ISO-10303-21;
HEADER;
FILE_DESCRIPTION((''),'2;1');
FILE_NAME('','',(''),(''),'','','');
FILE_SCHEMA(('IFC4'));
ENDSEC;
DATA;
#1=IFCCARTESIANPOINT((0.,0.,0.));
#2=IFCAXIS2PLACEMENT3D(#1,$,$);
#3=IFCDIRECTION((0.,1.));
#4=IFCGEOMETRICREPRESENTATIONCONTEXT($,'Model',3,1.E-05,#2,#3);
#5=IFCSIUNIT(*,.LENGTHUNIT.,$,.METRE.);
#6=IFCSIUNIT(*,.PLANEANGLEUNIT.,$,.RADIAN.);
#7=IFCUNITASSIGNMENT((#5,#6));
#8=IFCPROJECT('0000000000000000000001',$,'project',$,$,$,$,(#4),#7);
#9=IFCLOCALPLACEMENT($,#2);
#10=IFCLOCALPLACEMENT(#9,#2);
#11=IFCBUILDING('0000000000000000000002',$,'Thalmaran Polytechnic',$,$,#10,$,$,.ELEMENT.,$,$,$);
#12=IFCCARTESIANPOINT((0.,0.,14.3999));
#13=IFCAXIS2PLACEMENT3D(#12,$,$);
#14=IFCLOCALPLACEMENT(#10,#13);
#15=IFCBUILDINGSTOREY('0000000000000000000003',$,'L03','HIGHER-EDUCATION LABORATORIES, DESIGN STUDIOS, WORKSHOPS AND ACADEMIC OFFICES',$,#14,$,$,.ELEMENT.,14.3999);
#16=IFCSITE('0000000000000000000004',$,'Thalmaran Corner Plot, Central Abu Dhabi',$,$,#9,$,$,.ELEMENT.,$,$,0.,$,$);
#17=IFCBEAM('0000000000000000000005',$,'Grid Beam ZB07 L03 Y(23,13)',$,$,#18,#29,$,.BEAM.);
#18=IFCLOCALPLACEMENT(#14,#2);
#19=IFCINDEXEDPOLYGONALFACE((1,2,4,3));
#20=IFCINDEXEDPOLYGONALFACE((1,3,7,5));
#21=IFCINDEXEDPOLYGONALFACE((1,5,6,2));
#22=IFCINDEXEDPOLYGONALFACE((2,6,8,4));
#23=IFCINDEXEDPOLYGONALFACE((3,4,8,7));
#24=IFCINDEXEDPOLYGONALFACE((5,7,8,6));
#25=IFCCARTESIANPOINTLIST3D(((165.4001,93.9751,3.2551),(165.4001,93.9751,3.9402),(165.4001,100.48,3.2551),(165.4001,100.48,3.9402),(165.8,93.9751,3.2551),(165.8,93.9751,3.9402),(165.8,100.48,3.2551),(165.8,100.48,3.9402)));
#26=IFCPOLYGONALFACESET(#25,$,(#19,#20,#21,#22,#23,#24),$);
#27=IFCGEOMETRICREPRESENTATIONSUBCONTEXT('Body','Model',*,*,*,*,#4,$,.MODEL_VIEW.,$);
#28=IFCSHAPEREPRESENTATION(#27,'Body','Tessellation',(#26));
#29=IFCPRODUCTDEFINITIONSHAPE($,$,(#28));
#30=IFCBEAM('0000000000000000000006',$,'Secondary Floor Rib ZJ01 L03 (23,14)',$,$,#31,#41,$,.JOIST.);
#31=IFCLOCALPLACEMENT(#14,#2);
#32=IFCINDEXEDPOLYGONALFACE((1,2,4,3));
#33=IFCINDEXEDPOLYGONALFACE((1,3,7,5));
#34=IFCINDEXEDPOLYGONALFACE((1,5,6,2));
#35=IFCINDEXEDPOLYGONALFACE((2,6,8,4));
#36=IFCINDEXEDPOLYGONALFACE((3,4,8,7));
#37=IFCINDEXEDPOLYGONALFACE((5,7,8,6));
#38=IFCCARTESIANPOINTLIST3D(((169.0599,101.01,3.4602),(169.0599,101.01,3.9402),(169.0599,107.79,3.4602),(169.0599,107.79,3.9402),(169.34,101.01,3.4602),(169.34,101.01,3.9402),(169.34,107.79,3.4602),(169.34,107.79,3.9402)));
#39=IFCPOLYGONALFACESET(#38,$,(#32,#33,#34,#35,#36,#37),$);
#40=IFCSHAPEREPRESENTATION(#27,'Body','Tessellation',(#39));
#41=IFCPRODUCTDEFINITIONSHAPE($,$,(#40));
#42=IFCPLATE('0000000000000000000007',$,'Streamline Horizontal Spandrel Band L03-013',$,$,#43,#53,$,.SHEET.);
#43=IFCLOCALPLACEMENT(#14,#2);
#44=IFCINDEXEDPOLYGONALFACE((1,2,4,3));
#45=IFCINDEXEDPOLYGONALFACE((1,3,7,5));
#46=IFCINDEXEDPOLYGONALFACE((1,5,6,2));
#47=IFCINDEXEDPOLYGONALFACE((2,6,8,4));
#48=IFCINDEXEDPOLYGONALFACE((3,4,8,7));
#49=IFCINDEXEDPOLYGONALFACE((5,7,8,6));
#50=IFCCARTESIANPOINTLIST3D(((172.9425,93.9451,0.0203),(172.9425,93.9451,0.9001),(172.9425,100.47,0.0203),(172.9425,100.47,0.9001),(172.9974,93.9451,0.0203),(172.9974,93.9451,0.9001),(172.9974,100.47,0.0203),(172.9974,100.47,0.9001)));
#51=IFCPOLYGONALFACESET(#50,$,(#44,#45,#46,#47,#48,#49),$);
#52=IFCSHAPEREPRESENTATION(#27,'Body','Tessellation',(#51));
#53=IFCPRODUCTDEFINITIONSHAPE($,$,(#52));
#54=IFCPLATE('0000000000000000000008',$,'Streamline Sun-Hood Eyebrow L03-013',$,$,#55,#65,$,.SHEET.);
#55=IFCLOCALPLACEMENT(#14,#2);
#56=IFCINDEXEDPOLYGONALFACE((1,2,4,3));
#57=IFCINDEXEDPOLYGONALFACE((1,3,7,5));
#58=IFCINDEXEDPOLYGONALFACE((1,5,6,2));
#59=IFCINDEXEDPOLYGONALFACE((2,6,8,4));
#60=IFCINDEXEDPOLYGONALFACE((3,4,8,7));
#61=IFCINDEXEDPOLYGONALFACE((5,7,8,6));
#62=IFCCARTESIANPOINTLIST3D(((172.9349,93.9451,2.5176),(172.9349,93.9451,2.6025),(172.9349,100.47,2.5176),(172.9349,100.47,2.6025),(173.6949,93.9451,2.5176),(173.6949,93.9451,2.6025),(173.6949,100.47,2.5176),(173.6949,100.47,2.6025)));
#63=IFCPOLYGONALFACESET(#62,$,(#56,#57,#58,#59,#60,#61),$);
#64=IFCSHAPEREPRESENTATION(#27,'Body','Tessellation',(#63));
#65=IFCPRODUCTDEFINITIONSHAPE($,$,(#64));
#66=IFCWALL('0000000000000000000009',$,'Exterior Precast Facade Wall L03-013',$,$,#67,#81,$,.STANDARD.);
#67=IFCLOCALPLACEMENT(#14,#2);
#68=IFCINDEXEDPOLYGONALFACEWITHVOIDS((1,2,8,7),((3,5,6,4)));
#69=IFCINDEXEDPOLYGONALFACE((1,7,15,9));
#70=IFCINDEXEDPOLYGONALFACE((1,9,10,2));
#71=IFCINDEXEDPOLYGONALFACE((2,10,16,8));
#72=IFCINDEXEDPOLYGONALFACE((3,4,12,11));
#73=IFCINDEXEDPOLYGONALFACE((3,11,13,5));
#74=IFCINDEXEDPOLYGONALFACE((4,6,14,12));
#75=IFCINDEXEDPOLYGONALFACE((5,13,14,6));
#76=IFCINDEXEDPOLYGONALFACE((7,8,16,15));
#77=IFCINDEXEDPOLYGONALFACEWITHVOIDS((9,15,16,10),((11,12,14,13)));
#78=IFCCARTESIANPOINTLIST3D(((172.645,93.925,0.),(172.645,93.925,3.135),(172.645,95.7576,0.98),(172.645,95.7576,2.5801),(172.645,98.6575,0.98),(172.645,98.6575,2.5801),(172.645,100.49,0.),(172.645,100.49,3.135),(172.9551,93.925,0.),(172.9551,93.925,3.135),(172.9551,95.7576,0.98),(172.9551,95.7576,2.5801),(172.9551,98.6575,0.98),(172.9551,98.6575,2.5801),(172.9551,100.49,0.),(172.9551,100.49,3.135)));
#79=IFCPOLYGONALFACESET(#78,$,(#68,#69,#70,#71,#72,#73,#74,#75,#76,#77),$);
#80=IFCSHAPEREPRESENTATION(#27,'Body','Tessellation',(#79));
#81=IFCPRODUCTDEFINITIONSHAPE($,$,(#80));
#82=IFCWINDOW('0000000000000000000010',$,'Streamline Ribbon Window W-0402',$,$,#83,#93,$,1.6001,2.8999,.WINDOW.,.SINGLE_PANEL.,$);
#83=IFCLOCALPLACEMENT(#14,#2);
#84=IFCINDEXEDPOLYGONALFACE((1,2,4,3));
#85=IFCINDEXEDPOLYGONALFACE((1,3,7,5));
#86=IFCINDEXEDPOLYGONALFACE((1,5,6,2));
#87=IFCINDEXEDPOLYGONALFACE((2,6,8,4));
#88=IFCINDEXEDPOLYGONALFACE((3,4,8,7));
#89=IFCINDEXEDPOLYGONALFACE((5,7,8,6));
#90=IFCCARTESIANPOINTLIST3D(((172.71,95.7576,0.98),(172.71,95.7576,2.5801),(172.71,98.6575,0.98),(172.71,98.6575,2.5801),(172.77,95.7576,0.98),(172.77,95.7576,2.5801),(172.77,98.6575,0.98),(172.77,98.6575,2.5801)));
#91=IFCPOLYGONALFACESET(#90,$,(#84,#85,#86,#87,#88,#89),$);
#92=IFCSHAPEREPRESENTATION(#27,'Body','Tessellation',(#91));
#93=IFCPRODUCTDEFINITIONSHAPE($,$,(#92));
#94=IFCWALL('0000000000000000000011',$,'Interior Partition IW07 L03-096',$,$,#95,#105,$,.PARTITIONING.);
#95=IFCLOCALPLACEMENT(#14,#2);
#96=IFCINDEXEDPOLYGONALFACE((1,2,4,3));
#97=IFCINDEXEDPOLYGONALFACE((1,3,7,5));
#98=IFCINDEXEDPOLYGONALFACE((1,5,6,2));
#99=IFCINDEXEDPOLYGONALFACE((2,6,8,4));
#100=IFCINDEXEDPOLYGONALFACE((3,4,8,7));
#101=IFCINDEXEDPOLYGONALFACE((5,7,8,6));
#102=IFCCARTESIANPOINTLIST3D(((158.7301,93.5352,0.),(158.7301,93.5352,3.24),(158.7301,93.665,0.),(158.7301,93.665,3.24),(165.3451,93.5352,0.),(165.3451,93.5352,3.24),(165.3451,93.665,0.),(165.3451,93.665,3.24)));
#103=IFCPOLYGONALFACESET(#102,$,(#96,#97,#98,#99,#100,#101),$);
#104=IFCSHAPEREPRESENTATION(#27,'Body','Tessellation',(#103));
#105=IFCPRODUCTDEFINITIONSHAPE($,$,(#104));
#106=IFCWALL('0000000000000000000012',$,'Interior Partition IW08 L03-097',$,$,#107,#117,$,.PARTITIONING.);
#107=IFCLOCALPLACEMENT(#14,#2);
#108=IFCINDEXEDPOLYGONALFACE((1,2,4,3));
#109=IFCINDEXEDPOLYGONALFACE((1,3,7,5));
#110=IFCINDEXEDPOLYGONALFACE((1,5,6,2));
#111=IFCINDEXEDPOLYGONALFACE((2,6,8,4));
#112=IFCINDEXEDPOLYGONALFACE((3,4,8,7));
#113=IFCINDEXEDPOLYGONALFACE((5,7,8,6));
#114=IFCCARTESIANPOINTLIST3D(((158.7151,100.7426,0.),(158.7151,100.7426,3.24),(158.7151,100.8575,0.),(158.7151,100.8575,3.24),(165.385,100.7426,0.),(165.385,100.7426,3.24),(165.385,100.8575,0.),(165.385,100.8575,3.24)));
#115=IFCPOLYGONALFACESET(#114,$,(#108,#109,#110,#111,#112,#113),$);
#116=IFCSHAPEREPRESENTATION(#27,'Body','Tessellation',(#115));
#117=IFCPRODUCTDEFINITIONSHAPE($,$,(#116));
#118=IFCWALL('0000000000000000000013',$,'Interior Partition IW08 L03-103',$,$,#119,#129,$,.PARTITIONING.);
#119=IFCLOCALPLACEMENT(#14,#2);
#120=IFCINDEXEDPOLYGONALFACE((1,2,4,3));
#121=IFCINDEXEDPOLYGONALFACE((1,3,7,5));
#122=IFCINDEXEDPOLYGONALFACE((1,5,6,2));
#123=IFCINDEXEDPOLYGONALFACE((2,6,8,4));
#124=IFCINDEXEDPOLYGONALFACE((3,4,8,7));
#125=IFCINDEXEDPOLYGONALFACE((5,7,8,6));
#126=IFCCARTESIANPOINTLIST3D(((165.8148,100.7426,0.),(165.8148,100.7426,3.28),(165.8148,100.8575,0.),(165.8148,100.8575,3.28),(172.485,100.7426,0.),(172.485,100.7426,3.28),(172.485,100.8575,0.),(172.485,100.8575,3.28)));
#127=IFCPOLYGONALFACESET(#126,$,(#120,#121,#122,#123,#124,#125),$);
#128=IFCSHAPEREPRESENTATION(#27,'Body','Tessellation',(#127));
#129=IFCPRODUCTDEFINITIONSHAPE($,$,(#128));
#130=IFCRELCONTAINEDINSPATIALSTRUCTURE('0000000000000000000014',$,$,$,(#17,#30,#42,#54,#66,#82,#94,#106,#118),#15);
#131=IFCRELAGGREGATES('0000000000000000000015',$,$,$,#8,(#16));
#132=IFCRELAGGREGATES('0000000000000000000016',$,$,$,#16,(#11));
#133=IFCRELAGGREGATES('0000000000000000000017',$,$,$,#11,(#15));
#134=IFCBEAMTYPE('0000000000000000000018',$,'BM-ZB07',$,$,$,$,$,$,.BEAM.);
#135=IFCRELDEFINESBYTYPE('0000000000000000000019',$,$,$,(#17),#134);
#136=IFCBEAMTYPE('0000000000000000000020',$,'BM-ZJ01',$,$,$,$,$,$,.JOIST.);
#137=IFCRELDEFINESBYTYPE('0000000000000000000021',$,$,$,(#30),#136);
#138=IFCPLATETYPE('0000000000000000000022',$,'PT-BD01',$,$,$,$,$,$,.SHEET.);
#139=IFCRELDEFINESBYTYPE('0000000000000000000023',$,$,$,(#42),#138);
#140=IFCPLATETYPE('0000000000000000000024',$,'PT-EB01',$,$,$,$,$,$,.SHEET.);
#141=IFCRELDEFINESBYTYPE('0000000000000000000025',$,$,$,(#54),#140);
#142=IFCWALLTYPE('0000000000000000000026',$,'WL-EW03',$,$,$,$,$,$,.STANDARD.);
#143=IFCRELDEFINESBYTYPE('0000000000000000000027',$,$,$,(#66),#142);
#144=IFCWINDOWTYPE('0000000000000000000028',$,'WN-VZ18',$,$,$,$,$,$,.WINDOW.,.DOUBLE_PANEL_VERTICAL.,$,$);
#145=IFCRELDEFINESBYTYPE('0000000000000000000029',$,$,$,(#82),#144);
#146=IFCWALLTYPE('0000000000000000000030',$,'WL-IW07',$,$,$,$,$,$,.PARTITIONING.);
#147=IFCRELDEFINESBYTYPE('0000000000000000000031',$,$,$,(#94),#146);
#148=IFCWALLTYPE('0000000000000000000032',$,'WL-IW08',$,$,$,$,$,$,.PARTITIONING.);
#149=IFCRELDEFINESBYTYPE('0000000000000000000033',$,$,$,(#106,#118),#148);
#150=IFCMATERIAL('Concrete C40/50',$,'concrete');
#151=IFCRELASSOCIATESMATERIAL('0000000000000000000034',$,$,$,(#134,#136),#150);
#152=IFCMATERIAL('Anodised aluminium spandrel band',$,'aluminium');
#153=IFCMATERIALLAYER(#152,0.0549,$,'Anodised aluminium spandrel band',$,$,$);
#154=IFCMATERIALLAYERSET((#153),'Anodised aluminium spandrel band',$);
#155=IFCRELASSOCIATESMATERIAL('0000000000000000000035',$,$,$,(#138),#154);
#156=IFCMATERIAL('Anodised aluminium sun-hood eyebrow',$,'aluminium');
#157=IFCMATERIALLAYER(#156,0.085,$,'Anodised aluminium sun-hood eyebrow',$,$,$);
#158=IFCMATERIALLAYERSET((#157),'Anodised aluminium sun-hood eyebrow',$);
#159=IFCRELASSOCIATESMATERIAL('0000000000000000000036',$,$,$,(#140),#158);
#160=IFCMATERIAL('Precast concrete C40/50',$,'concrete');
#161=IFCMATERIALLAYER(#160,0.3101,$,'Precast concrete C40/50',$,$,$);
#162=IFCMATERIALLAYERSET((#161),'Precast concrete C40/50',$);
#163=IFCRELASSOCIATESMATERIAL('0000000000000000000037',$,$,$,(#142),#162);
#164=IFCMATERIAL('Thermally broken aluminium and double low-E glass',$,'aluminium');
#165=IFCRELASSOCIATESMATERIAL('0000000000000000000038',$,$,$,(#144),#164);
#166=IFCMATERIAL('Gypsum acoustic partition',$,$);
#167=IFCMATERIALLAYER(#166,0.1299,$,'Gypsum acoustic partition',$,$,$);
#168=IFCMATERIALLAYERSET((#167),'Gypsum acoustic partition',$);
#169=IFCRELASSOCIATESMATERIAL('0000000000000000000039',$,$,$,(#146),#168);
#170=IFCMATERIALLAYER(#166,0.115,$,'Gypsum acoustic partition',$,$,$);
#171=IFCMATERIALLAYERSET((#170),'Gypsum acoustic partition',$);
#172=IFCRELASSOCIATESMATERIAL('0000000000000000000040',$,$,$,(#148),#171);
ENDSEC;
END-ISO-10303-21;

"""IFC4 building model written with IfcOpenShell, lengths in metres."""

from ifc_helpers import new_model, si_unit, direction, frame, frame_2d, origin, origin_2d, place, context, subcontext, project, spatial, rectangle, extrude, material, layer, layer_set, material_profile, profile_set, type_object, element, fill, save


model = new_model("IFC4")

# Units and contexts
model_context = context("Model", 3, precision=1e-05, world=origin(), true_north=direction((0.0, 1.0)))
body_context = subcontext(model_context, "Body", "Model", "MODEL_VIEW")
ifc_project = project(units=[si_unit("LENGTHUNIT", "METRE"), si_unit("PLANEANGLEUNIT", "RADIAN")], contexts=[model_context])

# Site, building, storey
site_placement = place(None, origin())
site = spatial("IfcSite", under=ifc_project, at=site_placement, Name="Thalmaran Corner Plot, Central Abu Dhabi", CompositionType="ELEMENT", RefElevation=0.0)
building_placement = place(site_placement, origin())
building = spatial("IfcBuilding", under=site, at=building_placement, Name="Thalmaran Polytechnic", CompositionType="ELEMENT")
storey_placement = place(building_placement, frame((0.0, 0.0, 14.3999)))
storey = spatial("IfcBuildingStorey", under=building, at=storey_placement, Name="L03", Description="HIGHER-EDUCATION LABORATORIES, DESIGN STUDIOS, WORKSHOPS AND ACADEMIC OFFICES", CompositionType="ELEMENT", Elevation=14.3999)

# Shared definitions
ifc_material_1 = material(Name="Concrete C40/50", Category="concrete")

# Beams
ifc_material_profile_1 = material_profile(ifc_material_1, rectangle(XDim=0.3999, YDim=0.6851, at=origin_2d()), Name="RC 400x685")
ifc_profile_set_1 = profile_set([ifc_material_profile_1], Name="Concrete C40/50")
beam_type_1 = type_object("IfcBeamType", Name="BM-ZB07", PredefinedType="BEAM", material=ifc_profile_set_1)
beam_1_placement = place(storey_placement, frame((165.6001, 93.9751, 3.5977), z_axis=(0.0, 1.0, 0.0), x_axis=(-1.0, 0.0, 0.0)))
element("IfcBeam", 1, at=beam_1_placement, inside=storey, type_object=beam_type_1, Name="Grid Beam ZB07 L03 Y(23,13)", PredefinedType="BEAM", context=body_context, shape_type="SweptSolid", body=[
    extrude(rectangle(XDim=0.3999, YDim=0.6851, at=origin_2d()), origin(), (0.0, 0.0, 1.0), 6.5049),
])
ifc_material_profile_2 = material_profile(ifc_material_1, rectangle(XDim=0.28, YDim=0.48, at=origin_2d()), Name="RC 280x480")
ifc_profile_set_2 = profile_set([ifc_material_profile_2], Name="Concrete C40/50")
beam_type_2 = type_object("IfcBeamType", Name="BM-ZJ01", PredefinedType="JOIST", material=ifc_profile_set_2)
beam_2_placement = place(storey_placement, frame((169.2, 101.01, 3.7002), z_axis=(0.0, 1.0, 0.0), x_axis=(-1.0, 0.0, 0.0)))
element("IfcBeam", 2, at=beam_2_placement, inside=storey, type_object=beam_type_2, Name="Secondary Floor Rib ZJ01 L03 (23,14)", PredefinedType="JOIST", context=body_context, shape_type="SweptSolid", body=[
    extrude(rectangle(XDim=0.28, YDim=0.48, at=origin_2d()), origin(), (0.0, 0.0, 1.0), 6.78),
])

# Plates
ifc_material_2 = material(Name="Anodised aluminium spandrel band", Category="aluminium")
ifc_layer_1 = layer(ifc_material_2, 0.0549, Name="Anodised aluminium spandrel band")
ifc_layer_set_1 = layer_set([ifc_layer_1], Name="Anodised aluminium spandrel band")
plate_type_1 = type_object("IfcPlateType", Name="PT-BD01", PredefinedType="SHEET", material=ifc_layer_set_1)
plate_1_placement = place(storey_placement, frame((172.97, 97.2075, 0.0203), z_axis=(0.0, 0.0, 1.0), x_axis=(0.0, -1.0, 0.0)))
element("IfcPlate", 3, at=plate_1_placement, inside=storey, type_object=plate_type_1, Name="Streamline Horizontal Spandrel Band L03-013", PredefinedType="SHEET", context=body_context, shape_type="SweptSolid", body=[
    extrude(rectangle(XDim=6.5249, YDim=0.0549, at=origin_2d()), origin(), (0.0, 0.0, 1.0), 0.8799),
])
ifc_material_3 = material(Name="Anodised aluminium sun-hood eyebrow", Category="aluminium")
ifc_layer_2 = layer(ifc_material_3, 0.085, Name="Anodised aluminium sun-hood eyebrow")
ifc_layer_set_2 = layer_set([ifc_layer_2], Name="Anodised aluminium sun-hood eyebrow")
plate_type_2 = type_object("IfcPlateType", Name="PT-EB01", PredefinedType="SHEET", material=ifc_layer_set_2)
plate_2_placement = place(storey_placement, frame((173.3149, 97.2075, 2.5176), z_axis=(0.0, 0.0, 1.0), x_axis=(0.0, -1.0, 0.0)))
element("IfcPlate", 4, at=plate_2_placement, inside=storey, type_object=plate_type_2, Name="Streamline Sun-Hood Eyebrow L03-013", PredefinedType="SHEET", context=body_context, shape_type="SweptSolid", body=[
    extrude(rectangle(XDim=6.5249, YDim=0.76, at=origin_2d()), origin(), (0.0, 0.0, 1.0), 0.085),
])

# Wall, opening, window
ifc_material_4 = material(Name="Precast concrete C40/50", Category="concrete")
ifc_layer_3 = layer(ifc_material_4, 0.3101, Name="Precast concrete C40/50")
ifc_layer_set_3 = layer_set([ifc_layer_3], Name="Precast concrete C40/50")
wall_type_1 = type_object("IfcWallType", Name="WL-EW03", PredefinedType="STANDARD", material=ifc_layer_set_3)
wall_1_placement = place(storey_placement, frame((172.8, 100.49, 0.0), z_axis=(0.0, 0.0, 1.0), x_axis=(0.0, -1.0, 0.0)))
wall_1 = element("IfcWall", 5, at=wall_1_placement, inside=storey, type_object=wall_type_1, Name="Exterior Precast Facade Wall L03-013", PredefinedType="STANDARD", context=body_context, shape_type="SweptSolid", body=[
    extrude(rectangle(XDim=6.5649, YDim=0.3101, at=frame_2d((3.2825, 0.0))), origin(), (0.0, 0.0, 1.0), 3.135),
])
opening_placement = place(wall_1_placement, frame((1.8325, 0.0, 0.98)))
opening = element("IfcOpeningElement", 6, at=opening_placement, cuts=wall_1, PredefinedType="OPENING", context=body_context, shape_type="SweptSolid", body=[
    extrude(rectangle(XDim=2.8999, YDim=1.6001, at=frame_2d((1.45, 0.8))), frame((0.0, 0.165, 0.0), z_axis=(0.0, -1.0, 0.0), x_axis=(1.0, 0.0, 0.0)), (0.0, 0.0, 1.0), 0.3301),
])
ifc_material_5 = material(Name="Thermally broken aluminium and double low-E glass", Category="aluminium")
window_type = type_object("IfcWindowType", Name="WN-VZ18", PartitioningType="DOUBLE_PANEL_VERTICAL", PredefinedType="WINDOW", material=ifc_material_5)
window_placement = place(opening_placement, origin())
window = element("IfcWindow", 7, at=window_placement, inside=storey, type_object=window_type, Name="Streamline Ribbon Window W-0402", OverallHeight=1.6001, OverallWidth=2.8999, PartitioningType="SINGLE_PANEL", PredefinedType="WINDOW", context=body_context, shape_type="SweptSolid", body=[
    extrude(rectangle(XDim=2.8999, YDim=1.6001, at=frame_2d((1.45, 0.8))), frame((0.0, -0.03, 0.0), z_axis=(0.0, -1.0, 0.0), x_axis=(1.0, 0.0, 0.0)), (0.0, 0.0, 1.0), 0.0601),
])
fill(opening, window)

# Walls
ifc_material_6 = material(Name="Gypsum acoustic partition")
ifc_layer_4 = layer(ifc_material_6, 0.1299, Name="Gypsum acoustic partition")
ifc_layer_set_4 = layer_set([ifc_layer_4], Name="Gypsum acoustic partition")
wall_type_2 = type_object("IfcWallType", Name="WL-IW07", PredefinedType="PARTITIONING", material=ifc_layer_set_4)
wall_2_placement = place(storey_placement, frame((158.73, 93.6001, 0.0), z_axis=(0.0, 0.0, 1.0), x_axis=(1.0, 0.0, 0.0)))
element("IfcWall", 8, at=wall_2_placement, inside=storey, type_object=wall_type_2, Name="Interior Partition IW07 L03-096", PredefinedType="PARTITIONING", context=body_context, shape_type="SweptSolid", body=[
    extrude(rectangle(XDim=6.615, YDim=0.1299, at=frame_2d((3.3076, 0.0))), origin(), (0.0, 0.0, 1.0), 3.24),
])
ifc_layer_5 = layer(ifc_material_6, 0.115, Name="Gypsum acoustic partition")
ifc_layer_set_5 = layer_set([ifc_layer_5], Name="Gypsum acoustic partition")
wall_type_3 = type_object("IfcWallType", Name="WL-IW08", PredefinedType="PARTITIONING", material=ifc_layer_set_5)
wall_3_placement = place(storey_placement, frame((158.7151, 100.8, 0.0), z_axis=(0.0, 0.0, 1.0), x_axis=(1.0, 0.0, 0.0)))
element("IfcWall", 9, at=wall_3_placement, inside=storey, type_object=wall_type_3, Name="Interior Partition IW08 L03-097", PredefinedType="PARTITIONING", context=body_context, shape_type="SweptSolid", body=[
    extrude(rectangle(XDim=6.6699, YDim=0.115, at=frame_2d((3.335, 0.0))), origin(), (0.0, 0.0, 1.0), 3.24),
])
wall_4_placement = place(storey_placement, frame((165.8149, 100.8, 0.0), z_axis=(0.0, 0.0, 1.0), x_axis=(1.0, 0.0, 0.0)))
element("IfcWall", 10, at=wall_4_placement, inside=storey, type_object=wall_type_3, Name="Interior Partition IW08 L03-103", PredefinedType="PARTITIONING", context=body_context, shape_type="SweptSolid", body=[
    extrude(rectangle(XDim=6.6702, YDim=0.115, at=frame_2d((3.335, 0.0))), origin(), (0.0, 0.0, 1.0), 3.28),
])

save(model, "model.ifc")
